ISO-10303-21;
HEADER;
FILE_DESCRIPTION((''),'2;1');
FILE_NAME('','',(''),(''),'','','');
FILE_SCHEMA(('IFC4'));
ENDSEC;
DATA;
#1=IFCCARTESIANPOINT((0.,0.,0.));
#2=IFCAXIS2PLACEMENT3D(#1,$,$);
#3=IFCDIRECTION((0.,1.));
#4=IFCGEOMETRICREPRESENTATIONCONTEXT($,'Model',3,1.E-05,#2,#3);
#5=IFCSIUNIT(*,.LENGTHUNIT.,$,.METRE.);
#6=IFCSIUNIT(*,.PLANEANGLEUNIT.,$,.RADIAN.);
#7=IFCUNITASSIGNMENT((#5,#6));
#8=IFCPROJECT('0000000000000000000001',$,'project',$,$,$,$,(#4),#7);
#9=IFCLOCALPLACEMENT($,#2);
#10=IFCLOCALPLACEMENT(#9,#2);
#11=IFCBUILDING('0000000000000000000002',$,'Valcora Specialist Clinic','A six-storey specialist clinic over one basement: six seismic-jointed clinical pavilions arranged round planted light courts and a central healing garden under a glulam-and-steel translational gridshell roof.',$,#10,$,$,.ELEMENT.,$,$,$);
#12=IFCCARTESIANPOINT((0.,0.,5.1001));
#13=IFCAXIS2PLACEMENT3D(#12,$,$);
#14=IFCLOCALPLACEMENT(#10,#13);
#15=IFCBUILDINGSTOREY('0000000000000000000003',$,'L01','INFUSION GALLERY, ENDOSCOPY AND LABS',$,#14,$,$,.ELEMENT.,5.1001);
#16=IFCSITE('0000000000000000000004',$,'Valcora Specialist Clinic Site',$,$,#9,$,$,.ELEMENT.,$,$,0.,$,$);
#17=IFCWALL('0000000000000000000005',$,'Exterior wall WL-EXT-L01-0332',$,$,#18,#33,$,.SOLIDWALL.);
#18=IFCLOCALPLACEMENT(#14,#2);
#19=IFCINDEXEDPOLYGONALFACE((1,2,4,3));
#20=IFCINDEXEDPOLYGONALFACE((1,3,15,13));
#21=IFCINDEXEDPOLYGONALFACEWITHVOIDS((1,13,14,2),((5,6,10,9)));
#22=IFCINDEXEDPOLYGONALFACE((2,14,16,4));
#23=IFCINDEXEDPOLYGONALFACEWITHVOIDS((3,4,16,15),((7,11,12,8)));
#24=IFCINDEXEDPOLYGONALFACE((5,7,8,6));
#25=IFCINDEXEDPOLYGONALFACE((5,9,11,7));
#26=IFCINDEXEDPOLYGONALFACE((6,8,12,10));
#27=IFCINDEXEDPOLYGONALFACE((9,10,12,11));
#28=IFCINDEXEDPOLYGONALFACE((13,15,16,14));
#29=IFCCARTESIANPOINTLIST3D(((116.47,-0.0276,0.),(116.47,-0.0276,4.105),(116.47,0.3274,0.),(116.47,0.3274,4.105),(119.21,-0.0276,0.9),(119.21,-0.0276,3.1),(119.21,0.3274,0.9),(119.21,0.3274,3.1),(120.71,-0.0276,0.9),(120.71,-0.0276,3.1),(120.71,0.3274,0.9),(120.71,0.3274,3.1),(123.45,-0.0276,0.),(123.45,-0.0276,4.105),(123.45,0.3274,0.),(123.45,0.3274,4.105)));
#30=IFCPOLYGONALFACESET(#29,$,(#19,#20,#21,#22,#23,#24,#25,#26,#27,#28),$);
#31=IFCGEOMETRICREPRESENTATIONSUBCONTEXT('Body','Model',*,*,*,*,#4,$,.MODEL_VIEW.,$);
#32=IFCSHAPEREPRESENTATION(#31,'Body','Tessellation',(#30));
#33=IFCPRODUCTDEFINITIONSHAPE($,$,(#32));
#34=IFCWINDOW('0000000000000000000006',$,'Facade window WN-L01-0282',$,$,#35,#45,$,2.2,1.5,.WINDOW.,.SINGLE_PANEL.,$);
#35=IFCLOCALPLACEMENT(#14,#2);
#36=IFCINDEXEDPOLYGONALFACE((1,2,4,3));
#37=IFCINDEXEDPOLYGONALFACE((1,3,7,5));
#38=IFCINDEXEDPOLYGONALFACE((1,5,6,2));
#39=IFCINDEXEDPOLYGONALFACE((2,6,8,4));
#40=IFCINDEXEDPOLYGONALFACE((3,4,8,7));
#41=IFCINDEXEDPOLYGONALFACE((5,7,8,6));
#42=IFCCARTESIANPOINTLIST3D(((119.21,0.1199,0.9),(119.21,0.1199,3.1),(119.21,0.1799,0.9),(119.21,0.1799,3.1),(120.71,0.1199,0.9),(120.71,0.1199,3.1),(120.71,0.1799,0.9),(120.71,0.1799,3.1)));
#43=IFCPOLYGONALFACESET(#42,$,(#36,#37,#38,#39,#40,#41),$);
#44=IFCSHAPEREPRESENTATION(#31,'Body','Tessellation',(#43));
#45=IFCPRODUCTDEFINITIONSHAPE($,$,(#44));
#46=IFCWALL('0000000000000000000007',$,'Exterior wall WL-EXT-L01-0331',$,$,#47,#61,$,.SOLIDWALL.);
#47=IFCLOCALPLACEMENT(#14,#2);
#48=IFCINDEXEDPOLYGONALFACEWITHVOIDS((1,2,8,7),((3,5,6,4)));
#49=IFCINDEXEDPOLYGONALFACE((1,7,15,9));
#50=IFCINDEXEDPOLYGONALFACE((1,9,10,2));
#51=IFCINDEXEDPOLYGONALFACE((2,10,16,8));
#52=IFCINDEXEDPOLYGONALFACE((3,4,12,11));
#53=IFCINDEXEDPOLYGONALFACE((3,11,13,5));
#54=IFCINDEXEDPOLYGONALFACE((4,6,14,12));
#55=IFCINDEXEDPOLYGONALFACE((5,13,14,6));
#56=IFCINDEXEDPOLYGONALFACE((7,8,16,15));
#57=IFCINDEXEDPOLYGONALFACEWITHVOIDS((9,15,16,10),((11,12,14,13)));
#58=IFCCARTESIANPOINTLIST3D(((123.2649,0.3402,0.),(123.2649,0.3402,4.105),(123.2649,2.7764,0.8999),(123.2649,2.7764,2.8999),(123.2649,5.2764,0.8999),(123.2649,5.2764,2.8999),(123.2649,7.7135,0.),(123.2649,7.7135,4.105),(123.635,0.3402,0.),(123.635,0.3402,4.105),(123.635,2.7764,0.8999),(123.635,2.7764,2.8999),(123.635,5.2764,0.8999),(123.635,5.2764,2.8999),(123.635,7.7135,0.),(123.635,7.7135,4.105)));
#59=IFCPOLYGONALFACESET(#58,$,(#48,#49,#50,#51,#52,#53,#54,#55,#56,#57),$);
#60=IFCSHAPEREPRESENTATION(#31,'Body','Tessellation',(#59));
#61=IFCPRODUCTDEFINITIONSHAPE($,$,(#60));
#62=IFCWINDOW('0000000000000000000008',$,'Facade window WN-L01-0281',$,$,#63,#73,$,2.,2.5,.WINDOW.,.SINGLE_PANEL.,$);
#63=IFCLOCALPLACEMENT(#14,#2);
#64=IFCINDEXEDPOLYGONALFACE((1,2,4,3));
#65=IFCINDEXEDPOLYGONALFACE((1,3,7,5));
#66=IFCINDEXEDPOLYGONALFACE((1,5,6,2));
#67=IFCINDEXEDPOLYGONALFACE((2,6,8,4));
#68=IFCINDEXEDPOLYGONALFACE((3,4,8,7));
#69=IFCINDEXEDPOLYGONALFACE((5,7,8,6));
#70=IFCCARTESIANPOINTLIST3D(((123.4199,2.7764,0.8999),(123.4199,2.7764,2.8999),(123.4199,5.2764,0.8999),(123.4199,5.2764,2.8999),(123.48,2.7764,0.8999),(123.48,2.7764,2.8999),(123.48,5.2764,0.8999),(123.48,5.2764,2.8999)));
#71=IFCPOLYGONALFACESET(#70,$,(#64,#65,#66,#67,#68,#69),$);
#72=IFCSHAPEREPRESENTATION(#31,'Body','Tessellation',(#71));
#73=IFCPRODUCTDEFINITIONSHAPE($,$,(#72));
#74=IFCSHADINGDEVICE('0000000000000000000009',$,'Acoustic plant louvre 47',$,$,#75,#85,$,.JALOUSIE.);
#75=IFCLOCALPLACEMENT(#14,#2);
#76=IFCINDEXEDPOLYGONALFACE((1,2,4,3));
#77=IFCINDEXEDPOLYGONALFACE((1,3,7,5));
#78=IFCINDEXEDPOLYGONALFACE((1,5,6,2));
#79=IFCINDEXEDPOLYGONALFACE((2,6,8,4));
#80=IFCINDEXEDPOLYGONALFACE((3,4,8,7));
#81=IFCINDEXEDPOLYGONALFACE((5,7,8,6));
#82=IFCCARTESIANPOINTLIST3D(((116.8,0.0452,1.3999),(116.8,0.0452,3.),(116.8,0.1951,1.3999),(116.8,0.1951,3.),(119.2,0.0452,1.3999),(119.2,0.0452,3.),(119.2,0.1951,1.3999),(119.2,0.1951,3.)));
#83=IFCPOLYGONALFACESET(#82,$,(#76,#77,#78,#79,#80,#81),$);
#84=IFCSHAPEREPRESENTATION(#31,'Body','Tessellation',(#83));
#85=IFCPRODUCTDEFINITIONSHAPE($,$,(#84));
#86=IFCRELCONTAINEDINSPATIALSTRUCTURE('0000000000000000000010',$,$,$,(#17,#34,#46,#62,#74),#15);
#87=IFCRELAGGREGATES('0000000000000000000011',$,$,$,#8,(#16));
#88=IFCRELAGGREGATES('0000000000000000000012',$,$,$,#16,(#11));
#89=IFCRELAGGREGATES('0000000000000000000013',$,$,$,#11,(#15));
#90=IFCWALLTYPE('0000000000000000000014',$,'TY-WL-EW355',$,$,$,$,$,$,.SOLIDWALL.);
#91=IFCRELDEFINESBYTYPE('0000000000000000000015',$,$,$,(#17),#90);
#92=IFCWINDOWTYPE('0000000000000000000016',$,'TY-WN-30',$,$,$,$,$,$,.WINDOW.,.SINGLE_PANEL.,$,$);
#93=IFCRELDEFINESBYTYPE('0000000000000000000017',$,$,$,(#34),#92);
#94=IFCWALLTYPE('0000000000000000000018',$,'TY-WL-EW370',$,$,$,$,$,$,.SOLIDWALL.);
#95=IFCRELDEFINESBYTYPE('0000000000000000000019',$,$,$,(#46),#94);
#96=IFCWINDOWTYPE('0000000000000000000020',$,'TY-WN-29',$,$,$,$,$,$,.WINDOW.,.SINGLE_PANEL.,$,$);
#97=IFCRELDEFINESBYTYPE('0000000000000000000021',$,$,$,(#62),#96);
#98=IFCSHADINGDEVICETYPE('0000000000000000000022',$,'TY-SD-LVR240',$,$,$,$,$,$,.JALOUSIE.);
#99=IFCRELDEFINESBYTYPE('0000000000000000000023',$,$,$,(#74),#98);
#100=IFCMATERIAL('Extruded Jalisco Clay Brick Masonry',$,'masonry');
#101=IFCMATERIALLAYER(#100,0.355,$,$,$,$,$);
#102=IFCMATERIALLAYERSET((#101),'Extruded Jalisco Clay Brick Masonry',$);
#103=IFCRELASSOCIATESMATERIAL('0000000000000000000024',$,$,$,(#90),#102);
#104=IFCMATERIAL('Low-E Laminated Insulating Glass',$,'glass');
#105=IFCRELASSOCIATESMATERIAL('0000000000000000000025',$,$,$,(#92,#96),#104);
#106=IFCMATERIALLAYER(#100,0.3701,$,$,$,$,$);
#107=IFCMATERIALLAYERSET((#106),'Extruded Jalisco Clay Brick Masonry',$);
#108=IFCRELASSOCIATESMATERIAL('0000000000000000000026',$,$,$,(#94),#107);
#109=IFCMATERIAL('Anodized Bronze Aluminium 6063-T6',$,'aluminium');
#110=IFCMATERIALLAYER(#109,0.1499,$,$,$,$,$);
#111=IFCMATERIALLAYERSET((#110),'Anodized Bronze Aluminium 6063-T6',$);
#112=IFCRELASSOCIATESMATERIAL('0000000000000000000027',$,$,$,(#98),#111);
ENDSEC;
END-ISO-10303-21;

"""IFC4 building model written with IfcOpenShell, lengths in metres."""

from ifc_helpers import new_model, si_unit, direction, frame, frame_2d, origin, origin_2d, place, context, subcontext, project, spatial, rectangle, extrude, material, layer, layer_set, type_object, element, fill, save


model = new_model("IFC4")

# Units and contexts
model_context = context("Model", 3, precision=1e-05, world=origin(), true_north=direction((0.0, 1.0)))
body_context = subcontext(model_context, "Body", "Model", "MODEL_VIEW")
ifc_project = project(units=[si_unit("LENGTHUNIT", "METRE"), si_unit("PLANEANGLEUNIT", "RADIAN")], contexts=[model_context])

# Site, building, storey
site_placement = place(None, origin())
site = spatial("IfcSite", under=ifc_project, at=site_placement, Name="Valcora Specialist Clinic Site", CompositionType="ELEMENT", RefElevation=0.0)
building_placement = place(site_placement, origin())
building = spatial("IfcBuilding", under=site, at=building_placement, Name="Valcora Specialist Clinic", Description="A six-storey specialist clinic over one basement: six seismic-jointed clinical pavilions arranged round planted light courts and a central healing garden under a glulam-and-steel translational gridshell roof.", CompositionType="ELEMENT")
storey_placement = place(building_placement, frame((0.0, 0.0, 5.1001)))
storey = spatial("IfcBuildingStorey", under=building, at=storey_placement, Name="L01", Description="INFUSION GALLERY, ENDOSCOPY AND LABS", CompositionType="ELEMENT", Elevation=5.1001)

# Walls, openings, windows
ifc_material_1 = material(Name="Extruded Jalisco Clay Brick Masonry", Category="masonry")
ifc_material_2 = material(Name="Low-E Laminated Insulating Glass", Category="glass")
ifc_layer_1 = layer(ifc_material_1, 0.355)
ifc_layer_set_1 = layer_set([ifc_layer_1], Name="Extruded Jalisco Clay Brick Masonry")
wall_type_1 = type_object("IfcWallType", Name="TY-WL-EW355", PredefinedType="SOLIDWALL", material=ifc_layer_set_1)
wall_1_placement = place(storey_placement, frame((123.45, 0.1499, 0.0), z_axis=(0.0, 0.0, 1.0), x_axis=(-1.0, 0.0, 0.0)))
wall_1 = element("IfcWall", 1, at=wall_1_placement, inside=storey, type_object=wall_type_1, Name="Exterior wall WL-EXT-L01-0332", PredefinedType="SOLIDWALL", context=body_context, shape_type="SweptSolid", body=[
    extrude(rectangle(XDim=6.98, YDim=0.355, at=frame_2d((3.49, 0.0))), origin(), (0.0, 0.0, 1.0), 4.105),
])
opening_1_placement = place(wall_1_placement, frame((2.74, 0.0, 0.8999)))
opening_1 = element("IfcOpeningElement", 2, at=opening_1_placement, cuts=wall_1, PredefinedType="OPENING", context=body_context, shape_type="SweptSolid", body=[
    extrude(rectangle(XDim=1.5, YDim=2.2, at=frame_2d((0.75, 1.1001))), frame((0.0, 0.1875, 0.0), z_axis=(0.0, -1.0, 0.0), x_axis=(1.0, 0.0, 0.0)), (0.0, 0.0, 1.0), 0.375),
])
window_type_1 = type_object("IfcWindowType", Name="TY-WN-30", PartitioningType="SINGLE_PANEL", PredefinedType="WINDOW", material=ifc_material_2)
window_1_placement = place(opening_1_placement, origin())
window_1 = element("IfcWindow", 3, at=window_1_placement, inside=storey, type_object=window_type_1, Name="Facade window WN-L01-0282", OverallHeight=2.2, OverallWidth=1.5, PartitioningType="SINGLE_PANEL", PredefinedType="WINDOW", context=body_context, shape_type="SweptSolid", body=[
    extrude(rectangle(XDim=1.5, YDim=2.2, at=frame_2d((0.75, 1.1001))), frame((0.0, 0.03, 0.0), z_axis=(0.0, -1.0, 0.0), x_axis=(1.0, 0.0, 0.0)), (0.0, 0.0, 1.0), 0.0601),
])
fill(opening_1, window_1)
ifc_layer_2 = layer(ifc_material_1, 0.3701)
ifc_layer_set_2 = layer_set([ifc_layer_2], Name="Extruded Jalisco Clay Brick Masonry")
wall_type_2 = type_object("IfcWallType", Name="TY-WL-EW370", PredefinedType="SOLIDWALL", material=ifc_layer_set_2)
wall_2_placement = place(storey_placement, frame((123.45, 7.7134, 0.0), z_axis=(0.0, 0.0, 1.0), x_axis=(0.0, -1.0, 0.0)))
wall_2 = element("IfcWall", 4, at=wall_2_placement, inside=storey, type_object=wall_type_2, Name="Exterior wall WL-EXT-L01-0331", PredefinedType="SOLIDWALL", context=body_context, shape_type="SweptSolid", body=[
    extrude(rectangle(XDim=7.3733, YDim=0.3701, at=frame_2d((3.6865, 0.0))), origin(), (0.0, 0.0, 1.0), 4.105),
])
opening_2_placement = place(wall_2_placement, frame((2.437, 0.0, 0.8999)))
opening_2 = element("IfcOpeningElement", 5, at=opening_2_placement, cuts=wall_2, PredefinedType="OPENING", context=body_context, shape_type="SweptSolid", body=[
    extrude(rectangle(XDim=2.5, YDim=2.0, at=frame_2d((1.25, 1.0))), frame((0.0, 0.1951, 0.0), z_axis=(0.0, -1.0, 0.0), x_axis=(1.0, 0.0, 0.0)), (0.0, 0.0, 1.0), 0.3901),
])
window_type_2 = type_object("IfcWindowType", Name="TY-WN-29", PartitioningType="SINGLE_PANEL", PredefinedType="WINDOW", material=ifc_material_2)
window_2_placement = place(opening_2_placement, origin())
window_2 = element("IfcWindow", 6, at=window_2_placement, inside=storey, type_object=window_type_2, Name="Facade window WN-L01-0281", OverallHeight=2.0, OverallWidth=2.5, PartitioningType="SINGLE_PANEL", PredefinedType="WINDOW", context=body_context, shape_type="SweptSolid", body=[
    extrude(rectangle(XDim=2.5, YDim=2.0, at=frame_2d((1.25, 1.0))), frame((0.0, 0.03, 0.0), z_axis=(0.0, -1.0, 0.0), x_axis=(1.0, 0.0, 0.0)), (0.0, 0.0, 1.0), 0.0601),
])
fill(opening_2, window_2)

# Shading device
ifc_material_3 = material(Name="Anodized Bronze Aluminium 6063-T6", Category="aluminium")
ifc_layer_3 = layer(ifc_material_3, 0.1499)
ifc_layer_set_3 = layer_set([ifc_layer_3], Name="Anodized Bronze Aluminium 6063-T6")
shading_device_type = type_object("IfcShadingDeviceType", Name="TY-SD-LVR240", PredefinedType="JALOUSIE", material=ifc_layer_set_3)
shading_device_placement = place(storey_placement, frame((118.0, 0.1201, 1.3999), z_axis=(0.0, 0.0, 1.0), x_axis=(1.0, 0.0, 0.0)))
element("IfcShadingDevice", 7, at=shading_device_placement, inside=storey, type_object=shading_device_type, Name="Acoustic plant louvre 47", PredefinedType="JALOUSIE", context=body_context, shape_type="SweptSolid", body=[
    extrude(rectangle(XDim=2.3999, YDim=0.1499, at=origin_2d()), origin(), (0.0, 0.0, 1.0), 1.6001),
])

save(model, "model.ifc")
